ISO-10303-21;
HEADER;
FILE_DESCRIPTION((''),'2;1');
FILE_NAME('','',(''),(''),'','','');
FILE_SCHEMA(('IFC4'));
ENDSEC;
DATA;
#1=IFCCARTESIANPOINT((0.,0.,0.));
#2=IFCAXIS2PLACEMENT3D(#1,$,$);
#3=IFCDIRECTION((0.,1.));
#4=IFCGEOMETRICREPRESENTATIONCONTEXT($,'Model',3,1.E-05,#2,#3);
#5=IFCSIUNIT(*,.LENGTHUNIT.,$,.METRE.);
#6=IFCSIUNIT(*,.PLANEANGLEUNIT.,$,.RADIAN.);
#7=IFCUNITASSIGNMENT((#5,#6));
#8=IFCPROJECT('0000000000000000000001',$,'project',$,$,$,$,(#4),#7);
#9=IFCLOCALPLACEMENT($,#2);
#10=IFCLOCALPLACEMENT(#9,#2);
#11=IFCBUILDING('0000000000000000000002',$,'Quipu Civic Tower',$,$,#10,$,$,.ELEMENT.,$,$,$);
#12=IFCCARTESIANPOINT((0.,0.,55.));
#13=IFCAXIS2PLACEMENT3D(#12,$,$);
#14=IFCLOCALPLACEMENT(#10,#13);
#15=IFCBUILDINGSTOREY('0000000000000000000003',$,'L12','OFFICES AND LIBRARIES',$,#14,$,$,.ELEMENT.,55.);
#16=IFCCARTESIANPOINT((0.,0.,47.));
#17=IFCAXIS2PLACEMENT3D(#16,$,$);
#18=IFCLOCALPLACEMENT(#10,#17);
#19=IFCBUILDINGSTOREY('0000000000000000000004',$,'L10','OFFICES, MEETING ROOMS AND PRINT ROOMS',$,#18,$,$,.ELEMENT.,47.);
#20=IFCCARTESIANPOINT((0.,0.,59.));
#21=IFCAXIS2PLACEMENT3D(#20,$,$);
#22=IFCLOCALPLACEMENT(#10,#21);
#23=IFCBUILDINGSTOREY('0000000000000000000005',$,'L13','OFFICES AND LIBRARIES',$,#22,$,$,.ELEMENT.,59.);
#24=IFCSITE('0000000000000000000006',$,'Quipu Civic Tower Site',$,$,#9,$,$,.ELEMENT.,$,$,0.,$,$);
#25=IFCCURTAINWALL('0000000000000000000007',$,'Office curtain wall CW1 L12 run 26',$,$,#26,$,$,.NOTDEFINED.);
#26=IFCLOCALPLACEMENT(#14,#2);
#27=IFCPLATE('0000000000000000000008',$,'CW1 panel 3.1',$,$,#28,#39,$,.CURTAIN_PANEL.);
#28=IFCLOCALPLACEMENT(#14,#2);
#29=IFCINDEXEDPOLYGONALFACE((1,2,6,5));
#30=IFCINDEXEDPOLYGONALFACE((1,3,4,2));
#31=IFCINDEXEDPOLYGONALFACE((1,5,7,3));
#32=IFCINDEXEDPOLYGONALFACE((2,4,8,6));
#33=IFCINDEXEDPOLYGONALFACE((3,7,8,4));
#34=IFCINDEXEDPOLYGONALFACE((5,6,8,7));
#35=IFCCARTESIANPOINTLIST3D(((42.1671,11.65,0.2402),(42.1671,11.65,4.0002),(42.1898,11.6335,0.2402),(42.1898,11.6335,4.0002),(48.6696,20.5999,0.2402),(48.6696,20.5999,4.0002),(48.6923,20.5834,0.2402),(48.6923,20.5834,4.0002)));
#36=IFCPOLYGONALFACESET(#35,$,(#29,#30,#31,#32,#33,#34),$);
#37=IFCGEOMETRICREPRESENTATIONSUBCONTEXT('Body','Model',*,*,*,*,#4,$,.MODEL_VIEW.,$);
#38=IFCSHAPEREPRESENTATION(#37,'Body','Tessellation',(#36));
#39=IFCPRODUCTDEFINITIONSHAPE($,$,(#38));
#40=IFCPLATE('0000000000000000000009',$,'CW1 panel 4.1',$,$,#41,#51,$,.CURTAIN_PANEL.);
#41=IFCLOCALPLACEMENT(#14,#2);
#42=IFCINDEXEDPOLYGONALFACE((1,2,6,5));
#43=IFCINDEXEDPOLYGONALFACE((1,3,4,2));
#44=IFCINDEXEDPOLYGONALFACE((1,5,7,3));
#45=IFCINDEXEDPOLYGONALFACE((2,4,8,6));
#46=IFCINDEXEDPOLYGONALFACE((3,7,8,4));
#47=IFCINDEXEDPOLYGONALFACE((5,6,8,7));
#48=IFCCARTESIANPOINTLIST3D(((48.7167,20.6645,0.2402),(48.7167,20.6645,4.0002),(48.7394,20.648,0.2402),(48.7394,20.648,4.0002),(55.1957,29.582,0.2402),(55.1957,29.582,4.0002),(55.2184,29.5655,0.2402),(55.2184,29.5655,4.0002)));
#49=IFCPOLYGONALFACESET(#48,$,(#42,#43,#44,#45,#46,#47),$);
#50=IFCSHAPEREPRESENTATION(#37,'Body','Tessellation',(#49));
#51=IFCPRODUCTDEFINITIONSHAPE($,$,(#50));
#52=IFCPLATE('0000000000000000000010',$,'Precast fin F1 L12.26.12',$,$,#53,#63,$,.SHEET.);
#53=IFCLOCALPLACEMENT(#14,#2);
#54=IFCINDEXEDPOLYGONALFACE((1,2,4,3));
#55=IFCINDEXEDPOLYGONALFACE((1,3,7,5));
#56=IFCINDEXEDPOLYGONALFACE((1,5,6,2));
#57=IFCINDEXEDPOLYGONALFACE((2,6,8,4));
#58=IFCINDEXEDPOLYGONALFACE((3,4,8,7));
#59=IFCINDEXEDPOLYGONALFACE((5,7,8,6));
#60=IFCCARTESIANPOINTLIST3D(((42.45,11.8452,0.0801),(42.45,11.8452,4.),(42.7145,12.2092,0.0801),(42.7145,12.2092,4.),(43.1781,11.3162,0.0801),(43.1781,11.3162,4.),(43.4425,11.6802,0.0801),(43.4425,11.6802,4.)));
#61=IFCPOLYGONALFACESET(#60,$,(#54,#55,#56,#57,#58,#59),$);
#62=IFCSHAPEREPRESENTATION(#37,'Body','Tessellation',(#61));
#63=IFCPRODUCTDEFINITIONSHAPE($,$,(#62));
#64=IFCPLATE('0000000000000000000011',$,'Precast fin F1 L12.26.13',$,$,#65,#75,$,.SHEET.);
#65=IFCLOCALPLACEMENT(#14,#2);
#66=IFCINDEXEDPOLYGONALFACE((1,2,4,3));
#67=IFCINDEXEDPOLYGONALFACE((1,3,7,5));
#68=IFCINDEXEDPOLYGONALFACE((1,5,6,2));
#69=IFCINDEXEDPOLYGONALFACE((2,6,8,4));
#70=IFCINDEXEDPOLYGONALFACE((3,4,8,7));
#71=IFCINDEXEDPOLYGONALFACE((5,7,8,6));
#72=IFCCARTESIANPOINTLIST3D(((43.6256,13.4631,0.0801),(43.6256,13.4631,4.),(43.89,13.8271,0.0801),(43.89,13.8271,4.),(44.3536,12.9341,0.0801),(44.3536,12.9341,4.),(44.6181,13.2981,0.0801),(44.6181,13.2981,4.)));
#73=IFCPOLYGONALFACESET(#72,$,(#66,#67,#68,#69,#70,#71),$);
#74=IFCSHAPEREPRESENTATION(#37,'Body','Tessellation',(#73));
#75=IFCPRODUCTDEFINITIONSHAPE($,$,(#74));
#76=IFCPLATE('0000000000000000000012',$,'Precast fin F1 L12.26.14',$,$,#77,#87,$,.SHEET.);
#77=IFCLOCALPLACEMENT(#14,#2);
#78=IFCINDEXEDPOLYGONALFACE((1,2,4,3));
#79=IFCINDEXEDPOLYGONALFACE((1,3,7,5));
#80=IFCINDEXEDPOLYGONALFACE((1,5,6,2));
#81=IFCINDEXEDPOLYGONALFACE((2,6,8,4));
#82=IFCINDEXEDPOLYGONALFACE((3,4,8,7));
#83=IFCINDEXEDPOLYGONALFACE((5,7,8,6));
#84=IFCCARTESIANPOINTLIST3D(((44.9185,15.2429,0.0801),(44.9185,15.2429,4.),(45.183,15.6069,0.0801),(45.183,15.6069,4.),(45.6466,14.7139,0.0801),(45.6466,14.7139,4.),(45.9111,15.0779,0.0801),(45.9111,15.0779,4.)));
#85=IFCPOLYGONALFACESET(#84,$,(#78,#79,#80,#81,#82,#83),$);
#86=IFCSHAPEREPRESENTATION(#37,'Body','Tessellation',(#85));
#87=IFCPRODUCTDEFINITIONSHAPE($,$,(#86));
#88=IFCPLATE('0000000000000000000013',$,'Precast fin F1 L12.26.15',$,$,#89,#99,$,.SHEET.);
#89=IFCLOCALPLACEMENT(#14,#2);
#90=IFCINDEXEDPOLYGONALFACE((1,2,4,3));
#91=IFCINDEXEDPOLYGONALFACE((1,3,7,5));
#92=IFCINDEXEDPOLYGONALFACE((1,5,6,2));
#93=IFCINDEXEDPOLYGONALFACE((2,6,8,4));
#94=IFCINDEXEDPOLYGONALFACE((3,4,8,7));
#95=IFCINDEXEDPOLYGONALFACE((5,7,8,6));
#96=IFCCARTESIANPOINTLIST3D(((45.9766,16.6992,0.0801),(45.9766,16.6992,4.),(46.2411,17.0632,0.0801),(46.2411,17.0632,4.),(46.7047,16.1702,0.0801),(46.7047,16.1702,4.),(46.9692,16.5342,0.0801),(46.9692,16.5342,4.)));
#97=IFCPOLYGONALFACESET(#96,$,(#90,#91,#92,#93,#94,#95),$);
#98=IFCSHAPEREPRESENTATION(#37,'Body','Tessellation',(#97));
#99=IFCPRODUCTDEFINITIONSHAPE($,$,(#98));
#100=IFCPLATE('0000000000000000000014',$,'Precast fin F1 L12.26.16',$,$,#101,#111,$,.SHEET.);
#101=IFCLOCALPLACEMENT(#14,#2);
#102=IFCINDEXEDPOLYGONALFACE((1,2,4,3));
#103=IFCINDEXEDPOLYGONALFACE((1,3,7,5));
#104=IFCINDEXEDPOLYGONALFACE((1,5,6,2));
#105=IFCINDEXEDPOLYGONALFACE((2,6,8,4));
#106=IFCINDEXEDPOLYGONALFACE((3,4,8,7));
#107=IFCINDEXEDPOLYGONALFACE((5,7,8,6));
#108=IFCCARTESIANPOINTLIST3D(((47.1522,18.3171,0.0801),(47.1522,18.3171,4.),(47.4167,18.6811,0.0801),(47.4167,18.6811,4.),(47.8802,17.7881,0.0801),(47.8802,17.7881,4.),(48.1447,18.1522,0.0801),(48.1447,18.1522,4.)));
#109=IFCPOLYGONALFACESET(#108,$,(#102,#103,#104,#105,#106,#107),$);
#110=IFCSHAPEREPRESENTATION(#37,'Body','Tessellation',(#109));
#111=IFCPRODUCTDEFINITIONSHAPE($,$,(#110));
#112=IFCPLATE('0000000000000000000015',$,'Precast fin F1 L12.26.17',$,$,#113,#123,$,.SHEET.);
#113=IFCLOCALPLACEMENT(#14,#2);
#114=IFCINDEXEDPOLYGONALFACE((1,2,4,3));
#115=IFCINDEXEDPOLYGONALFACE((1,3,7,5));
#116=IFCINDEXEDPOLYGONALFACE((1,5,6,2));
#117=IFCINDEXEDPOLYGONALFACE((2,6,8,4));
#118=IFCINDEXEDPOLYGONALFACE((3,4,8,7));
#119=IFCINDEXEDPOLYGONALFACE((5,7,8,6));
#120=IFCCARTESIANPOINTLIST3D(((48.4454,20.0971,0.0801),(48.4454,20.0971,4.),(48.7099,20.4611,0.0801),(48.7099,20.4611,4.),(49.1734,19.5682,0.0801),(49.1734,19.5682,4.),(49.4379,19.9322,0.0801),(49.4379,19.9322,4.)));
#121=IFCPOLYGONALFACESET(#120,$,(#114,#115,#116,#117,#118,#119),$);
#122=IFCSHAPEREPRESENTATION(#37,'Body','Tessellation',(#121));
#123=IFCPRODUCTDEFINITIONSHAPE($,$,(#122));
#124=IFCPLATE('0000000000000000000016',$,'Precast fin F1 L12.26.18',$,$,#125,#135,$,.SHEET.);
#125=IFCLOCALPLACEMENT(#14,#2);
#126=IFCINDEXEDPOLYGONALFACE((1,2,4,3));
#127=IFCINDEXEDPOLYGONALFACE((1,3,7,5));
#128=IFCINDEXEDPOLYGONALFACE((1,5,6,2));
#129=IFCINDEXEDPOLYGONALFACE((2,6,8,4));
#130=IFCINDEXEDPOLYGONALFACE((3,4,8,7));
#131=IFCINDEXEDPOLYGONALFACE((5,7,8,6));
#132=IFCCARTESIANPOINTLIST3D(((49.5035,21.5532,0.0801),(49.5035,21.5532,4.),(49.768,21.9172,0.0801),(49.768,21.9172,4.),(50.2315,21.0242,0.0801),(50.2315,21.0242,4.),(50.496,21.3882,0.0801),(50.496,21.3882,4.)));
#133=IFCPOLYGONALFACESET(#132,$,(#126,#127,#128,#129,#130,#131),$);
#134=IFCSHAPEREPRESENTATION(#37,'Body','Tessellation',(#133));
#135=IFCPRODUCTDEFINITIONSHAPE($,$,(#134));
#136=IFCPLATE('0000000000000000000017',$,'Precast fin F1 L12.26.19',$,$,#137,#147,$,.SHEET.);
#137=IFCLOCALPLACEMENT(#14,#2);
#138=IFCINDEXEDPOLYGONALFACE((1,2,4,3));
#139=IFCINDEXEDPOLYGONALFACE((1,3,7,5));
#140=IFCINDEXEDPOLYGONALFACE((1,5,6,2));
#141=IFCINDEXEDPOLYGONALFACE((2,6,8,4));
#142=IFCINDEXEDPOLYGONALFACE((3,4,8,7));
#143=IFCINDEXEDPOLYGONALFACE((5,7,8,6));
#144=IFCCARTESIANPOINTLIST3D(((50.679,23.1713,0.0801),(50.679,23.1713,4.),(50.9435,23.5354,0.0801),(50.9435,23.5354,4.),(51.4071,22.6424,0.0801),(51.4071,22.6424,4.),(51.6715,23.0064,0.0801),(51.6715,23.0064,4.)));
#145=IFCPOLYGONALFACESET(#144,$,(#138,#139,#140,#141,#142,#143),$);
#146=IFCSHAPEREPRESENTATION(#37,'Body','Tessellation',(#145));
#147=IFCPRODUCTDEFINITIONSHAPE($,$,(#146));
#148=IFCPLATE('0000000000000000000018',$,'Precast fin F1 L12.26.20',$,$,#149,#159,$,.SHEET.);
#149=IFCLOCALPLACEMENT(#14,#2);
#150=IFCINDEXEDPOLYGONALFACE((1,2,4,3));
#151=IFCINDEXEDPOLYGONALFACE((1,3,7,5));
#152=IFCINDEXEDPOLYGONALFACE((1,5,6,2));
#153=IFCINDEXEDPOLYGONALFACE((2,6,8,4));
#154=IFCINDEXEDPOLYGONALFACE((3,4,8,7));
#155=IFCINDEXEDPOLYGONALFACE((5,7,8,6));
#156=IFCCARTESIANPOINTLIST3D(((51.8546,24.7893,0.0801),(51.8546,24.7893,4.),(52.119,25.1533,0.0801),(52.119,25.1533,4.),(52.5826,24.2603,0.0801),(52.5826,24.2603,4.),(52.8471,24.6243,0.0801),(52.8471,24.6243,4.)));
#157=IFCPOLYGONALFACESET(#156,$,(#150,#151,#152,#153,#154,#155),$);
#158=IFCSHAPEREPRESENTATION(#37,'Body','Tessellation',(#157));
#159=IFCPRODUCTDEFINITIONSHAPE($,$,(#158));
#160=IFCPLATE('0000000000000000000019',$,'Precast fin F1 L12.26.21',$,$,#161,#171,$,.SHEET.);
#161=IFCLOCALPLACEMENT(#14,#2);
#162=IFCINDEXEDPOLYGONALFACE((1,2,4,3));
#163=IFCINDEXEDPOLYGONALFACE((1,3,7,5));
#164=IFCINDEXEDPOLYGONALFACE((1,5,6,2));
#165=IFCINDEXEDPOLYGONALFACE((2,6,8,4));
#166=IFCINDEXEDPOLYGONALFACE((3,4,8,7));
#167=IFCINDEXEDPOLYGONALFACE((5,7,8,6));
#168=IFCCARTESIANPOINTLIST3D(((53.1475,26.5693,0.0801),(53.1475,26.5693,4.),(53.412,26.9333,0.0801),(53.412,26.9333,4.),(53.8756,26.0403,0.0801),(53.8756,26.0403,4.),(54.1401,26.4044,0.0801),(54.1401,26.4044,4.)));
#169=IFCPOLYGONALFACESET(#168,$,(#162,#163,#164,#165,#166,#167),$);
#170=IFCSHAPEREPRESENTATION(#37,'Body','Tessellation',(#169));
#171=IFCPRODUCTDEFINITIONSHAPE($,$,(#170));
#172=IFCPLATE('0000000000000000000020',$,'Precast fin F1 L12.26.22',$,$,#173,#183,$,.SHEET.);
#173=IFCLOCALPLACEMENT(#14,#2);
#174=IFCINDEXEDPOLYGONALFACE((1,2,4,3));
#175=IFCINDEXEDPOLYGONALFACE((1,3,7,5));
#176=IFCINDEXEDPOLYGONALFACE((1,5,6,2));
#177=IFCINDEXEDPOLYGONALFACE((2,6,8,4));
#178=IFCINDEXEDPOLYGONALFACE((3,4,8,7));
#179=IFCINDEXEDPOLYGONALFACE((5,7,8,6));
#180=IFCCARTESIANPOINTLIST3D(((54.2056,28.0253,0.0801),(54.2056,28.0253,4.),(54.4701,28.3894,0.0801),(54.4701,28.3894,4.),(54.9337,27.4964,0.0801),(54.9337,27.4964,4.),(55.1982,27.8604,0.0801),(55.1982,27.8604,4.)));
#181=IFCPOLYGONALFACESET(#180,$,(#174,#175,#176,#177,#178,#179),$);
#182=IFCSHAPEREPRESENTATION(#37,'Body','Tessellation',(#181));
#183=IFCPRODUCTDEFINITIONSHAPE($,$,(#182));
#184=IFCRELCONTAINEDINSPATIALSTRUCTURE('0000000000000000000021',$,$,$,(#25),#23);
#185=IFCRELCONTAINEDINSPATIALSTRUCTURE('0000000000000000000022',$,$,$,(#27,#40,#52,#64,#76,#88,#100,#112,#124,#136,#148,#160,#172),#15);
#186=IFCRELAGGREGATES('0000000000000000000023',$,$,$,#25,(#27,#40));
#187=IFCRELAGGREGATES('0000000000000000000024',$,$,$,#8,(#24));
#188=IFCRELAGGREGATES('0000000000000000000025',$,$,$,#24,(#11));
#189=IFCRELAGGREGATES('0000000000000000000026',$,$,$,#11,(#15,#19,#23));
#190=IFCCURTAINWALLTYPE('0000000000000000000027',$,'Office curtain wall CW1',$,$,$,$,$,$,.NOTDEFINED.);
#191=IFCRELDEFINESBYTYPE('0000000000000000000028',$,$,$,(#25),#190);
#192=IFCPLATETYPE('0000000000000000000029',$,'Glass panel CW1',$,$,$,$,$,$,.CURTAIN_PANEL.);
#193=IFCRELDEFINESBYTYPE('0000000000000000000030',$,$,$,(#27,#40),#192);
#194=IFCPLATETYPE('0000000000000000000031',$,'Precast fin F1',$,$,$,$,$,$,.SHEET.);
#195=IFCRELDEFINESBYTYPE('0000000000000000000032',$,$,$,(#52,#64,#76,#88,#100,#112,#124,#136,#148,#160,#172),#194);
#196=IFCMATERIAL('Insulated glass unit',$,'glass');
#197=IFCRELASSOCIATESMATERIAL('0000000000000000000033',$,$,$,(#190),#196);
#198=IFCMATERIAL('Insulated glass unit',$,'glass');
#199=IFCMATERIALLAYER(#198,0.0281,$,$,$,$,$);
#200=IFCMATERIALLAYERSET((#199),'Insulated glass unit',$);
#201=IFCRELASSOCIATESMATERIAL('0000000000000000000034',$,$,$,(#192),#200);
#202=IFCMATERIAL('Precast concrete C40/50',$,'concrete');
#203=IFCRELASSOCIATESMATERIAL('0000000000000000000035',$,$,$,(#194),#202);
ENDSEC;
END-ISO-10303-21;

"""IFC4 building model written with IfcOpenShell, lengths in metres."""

from ifc_helpers import new_model, si_unit, direction, frame, origin, origin_2d, place, context, subcontext, project, spatial, rectangle, extrude, material, layer, layer_set, type_object, element, aggregate, save


model = new_model("IFC4")

# Units and contexts
model_context = context("Model", 3, precision=1e-05, world=origin(), true_north=direction((0.0, 1.0)))
body_context = subcontext(model_context, "Body", "Model", "MODEL_VIEW")
ifc_project = project(units=[si_unit("LENGTHUNIT", "METRE"), si_unit("PLANEANGLEUNIT", "RADIAN")], contexts=[model_context])

# Site, building, storey
site_placement = place(None, origin())
site = spatial("IfcSite", under=ifc_project, at=site_placement, Name="Quipu Civic Tower Site", CompositionType="ELEMENT", RefElevation=0.0)
building_placement = place(site_placement, origin())
building = spatial("IfcBuilding", under=site, at=building_placement, Name="Quipu Civic Tower", CompositionType="ELEMENT")
storey_1_placement = place(building_placement, frame((0.0, 0.0, 55.0)))
storey_1 = spatial("IfcBuildingStorey", under=building, at=storey_1_placement, Name="L12", Description="OFFICES AND LIBRARIES", CompositionType="ELEMENT", Elevation=55.0)

# Shared definitions
storey_2_placement = place(building_placement, frame((0.0, 0.0, 47.0)))
storey_2 = spatial("IfcBuildingStorey", under=building, at=storey_2_placement, Name="L10", Description="OFFICES, MEETING ROOMS AND PRINT ROOMS", CompositionType="ELEMENT", Elevation=47.0)

# Shared definitions
ifc_material_1 = material(Name="Insulated glass unit", Category="glass")
curtain_wall_type = type_object("IfcCurtainWallType", Name="Office curtain wall CW1", PredefinedType="NOTDEFINED", material=ifc_material_1)

# Shared definitions
storey_3_placement = place(building_placement, frame((0.0, 0.0, 59.0)))
storey_3 = spatial("IfcBuildingStorey", under=building, at=storey_3_placement, Name="L13", Description="OFFICES AND LIBRARIES", CompositionType="ELEMENT", Elevation=59.0)

# Curtain wall, plates
curtain_wall_1_placement = place(storey_3_placement, origin())
curtain_wall_1 = element("IfcCurtainWall", 1, at=curtain_wall_1_placement, inside=storey_3, type_object=curtain_wall_type, Name="Office curtain wall CW1 L12 run 26", PredefinedType="NOTDEFINED")
ifc_material_2 = material(Name="Insulated glass unit", Category="glass")
ifc_layer_1 = layer(ifc_material_2, 0.0281)
ifc_layer_set_1 = layer_set([ifc_layer_1], Name="Insulated glass unit")
plate_type_1 = type_object("IfcPlateType", Name="Glass panel CW1", PredefinedType="CURTAIN_PANEL", material=ifc_layer_set_1)
plate_1_placement = place(storey_1_placement, frame((45.4297, 16.1167, 0.2402), z_axis=(0.0, 0.0, 1.0), x_axis=(0.587786, 0.809017, 0.0)))
plate_1 = element("IfcPlate", 2, at=plate_1_placement, inside=storey_1, type_object=plate_type_1, Name="CW1 panel 3.1", PredefinedType="CURTAIN_PANEL", context=body_context, shape_type="SweptSolid", body=[
    extrude(rectangle(XDim=11.0627, YDim=0.0281, at=origin_2d()), origin(), (0.0, 0.0, 1.0), 3.76),
])
plate_2_placement = place(storey_1_placement, frame((51.9675, 25.115, 0.2402), z_axis=(0.0, 0.0, 1.0), x_axis=(0.587786, 0.809017, 0.0)))
plate_2 = element("IfcPlate", 3, at=plate_2_placement, inside=storey_1, type_object=plate_type_1, Name="CW1 panel 4.1", PredefinedType="CURTAIN_PANEL", context=body_context, shape_type="SweptSolid", body=[
    extrude(rectangle(XDim=11.0227, YDim=0.0281, at=origin_2d()), origin(), (0.0, 0.0, 1.0), 3.76),
])
aggregate(curtain_wall_1, [plate_1, plate_2])

# Plates
ifc_material_3 = material(Name="Precast concrete C40/50", Category="concrete")
plate_type_2 = type_object("IfcPlateType", Name="Precast fin F1", PredefinedType="SHEET", material=ifc_material_3)
for number, where, z_axis, x_axis, name in (
    (4, (42.9463, 11.7627, 0.0801), (0.0, 0.0, 1.0), (0.587786, 0.809017, 0.0), "Precast fin F1 L12.26.12"),
    (5, (44.1218, 13.3806, 0.0801), (0.0, 0.0, 1.0), (0.587786, 0.809017, 0.0), "Precast fin F1 L12.26.13"),
    (6, (45.4148, 15.1604, 0.0801), (0.0, 0.0, 1.0), (0.587786, 0.809017, 0.0), "Precast fin F1 L12.26.14"),
    (7, (46.4729, 16.6167, 0.0801), (0.0, 0.0, 1.0), (0.587786, 0.809017, 0.0), "Precast fin F1 L12.26.15"),
    (8, (47.6484, 18.2346, 0.0801), (0.0, 0.0, 1.0), (0.587786, 0.809017, 0.0), "Precast fin F1 L12.26.16"),
    (9, (48.9417, 20.0146, 0.0801), (0.0, 0.0, 1.0), (0.587786, 0.809017, 0.0), "Precast fin F1 L12.26.17"),
    (10, (49.9998, 21.4707, 0.0801), (0.0, 0.0, 1.0), (0.587786, 0.809017, 0.0), "Precast fin F1 L12.26.18"),
    (11, (51.1753, 23.0889, 0.0801), (0.0, 0.0, 1.0), (0.587786, 0.809017, 0.0), "Precast fin F1 L12.26.19"),
    (12, (52.3508, 24.7068, 0.0801), (0.0, 0.0, 1.0), (0.587786, 0.809017, 0.0), "Precast fin F1 L12.26.20"),
    (13, (53.6438, 26.4868, 0.0801), (0.0, 0.0, 1.0), (0.587786, 0.809017, 0.0), "Precast fin F1 L12.26.21"),
    (14, (54.7019, 27.9429, 0.0801), (0.0, 0.0, 1.0), (0.587786, 0.809017, 0.0), "Precast fin F1 L12.26.22"),
):
    element("IfcPlate", number, at=place(storey_1_placement, frame(where, z_axis=z_axis, x_axis=x_axis)), inside=storey_1, type_object=plate_type_2, Name=name, PredefinedType="SHEET", context=body_context, shape_type="SweptSolid", body=[
        extrude(rectangle(XDim=0.45, YDim=0.8999, at=origin_2d()), origin(), (0.0, 0.0, 1.0), 3.9199),
    ])

save(model, "model.ifc")
